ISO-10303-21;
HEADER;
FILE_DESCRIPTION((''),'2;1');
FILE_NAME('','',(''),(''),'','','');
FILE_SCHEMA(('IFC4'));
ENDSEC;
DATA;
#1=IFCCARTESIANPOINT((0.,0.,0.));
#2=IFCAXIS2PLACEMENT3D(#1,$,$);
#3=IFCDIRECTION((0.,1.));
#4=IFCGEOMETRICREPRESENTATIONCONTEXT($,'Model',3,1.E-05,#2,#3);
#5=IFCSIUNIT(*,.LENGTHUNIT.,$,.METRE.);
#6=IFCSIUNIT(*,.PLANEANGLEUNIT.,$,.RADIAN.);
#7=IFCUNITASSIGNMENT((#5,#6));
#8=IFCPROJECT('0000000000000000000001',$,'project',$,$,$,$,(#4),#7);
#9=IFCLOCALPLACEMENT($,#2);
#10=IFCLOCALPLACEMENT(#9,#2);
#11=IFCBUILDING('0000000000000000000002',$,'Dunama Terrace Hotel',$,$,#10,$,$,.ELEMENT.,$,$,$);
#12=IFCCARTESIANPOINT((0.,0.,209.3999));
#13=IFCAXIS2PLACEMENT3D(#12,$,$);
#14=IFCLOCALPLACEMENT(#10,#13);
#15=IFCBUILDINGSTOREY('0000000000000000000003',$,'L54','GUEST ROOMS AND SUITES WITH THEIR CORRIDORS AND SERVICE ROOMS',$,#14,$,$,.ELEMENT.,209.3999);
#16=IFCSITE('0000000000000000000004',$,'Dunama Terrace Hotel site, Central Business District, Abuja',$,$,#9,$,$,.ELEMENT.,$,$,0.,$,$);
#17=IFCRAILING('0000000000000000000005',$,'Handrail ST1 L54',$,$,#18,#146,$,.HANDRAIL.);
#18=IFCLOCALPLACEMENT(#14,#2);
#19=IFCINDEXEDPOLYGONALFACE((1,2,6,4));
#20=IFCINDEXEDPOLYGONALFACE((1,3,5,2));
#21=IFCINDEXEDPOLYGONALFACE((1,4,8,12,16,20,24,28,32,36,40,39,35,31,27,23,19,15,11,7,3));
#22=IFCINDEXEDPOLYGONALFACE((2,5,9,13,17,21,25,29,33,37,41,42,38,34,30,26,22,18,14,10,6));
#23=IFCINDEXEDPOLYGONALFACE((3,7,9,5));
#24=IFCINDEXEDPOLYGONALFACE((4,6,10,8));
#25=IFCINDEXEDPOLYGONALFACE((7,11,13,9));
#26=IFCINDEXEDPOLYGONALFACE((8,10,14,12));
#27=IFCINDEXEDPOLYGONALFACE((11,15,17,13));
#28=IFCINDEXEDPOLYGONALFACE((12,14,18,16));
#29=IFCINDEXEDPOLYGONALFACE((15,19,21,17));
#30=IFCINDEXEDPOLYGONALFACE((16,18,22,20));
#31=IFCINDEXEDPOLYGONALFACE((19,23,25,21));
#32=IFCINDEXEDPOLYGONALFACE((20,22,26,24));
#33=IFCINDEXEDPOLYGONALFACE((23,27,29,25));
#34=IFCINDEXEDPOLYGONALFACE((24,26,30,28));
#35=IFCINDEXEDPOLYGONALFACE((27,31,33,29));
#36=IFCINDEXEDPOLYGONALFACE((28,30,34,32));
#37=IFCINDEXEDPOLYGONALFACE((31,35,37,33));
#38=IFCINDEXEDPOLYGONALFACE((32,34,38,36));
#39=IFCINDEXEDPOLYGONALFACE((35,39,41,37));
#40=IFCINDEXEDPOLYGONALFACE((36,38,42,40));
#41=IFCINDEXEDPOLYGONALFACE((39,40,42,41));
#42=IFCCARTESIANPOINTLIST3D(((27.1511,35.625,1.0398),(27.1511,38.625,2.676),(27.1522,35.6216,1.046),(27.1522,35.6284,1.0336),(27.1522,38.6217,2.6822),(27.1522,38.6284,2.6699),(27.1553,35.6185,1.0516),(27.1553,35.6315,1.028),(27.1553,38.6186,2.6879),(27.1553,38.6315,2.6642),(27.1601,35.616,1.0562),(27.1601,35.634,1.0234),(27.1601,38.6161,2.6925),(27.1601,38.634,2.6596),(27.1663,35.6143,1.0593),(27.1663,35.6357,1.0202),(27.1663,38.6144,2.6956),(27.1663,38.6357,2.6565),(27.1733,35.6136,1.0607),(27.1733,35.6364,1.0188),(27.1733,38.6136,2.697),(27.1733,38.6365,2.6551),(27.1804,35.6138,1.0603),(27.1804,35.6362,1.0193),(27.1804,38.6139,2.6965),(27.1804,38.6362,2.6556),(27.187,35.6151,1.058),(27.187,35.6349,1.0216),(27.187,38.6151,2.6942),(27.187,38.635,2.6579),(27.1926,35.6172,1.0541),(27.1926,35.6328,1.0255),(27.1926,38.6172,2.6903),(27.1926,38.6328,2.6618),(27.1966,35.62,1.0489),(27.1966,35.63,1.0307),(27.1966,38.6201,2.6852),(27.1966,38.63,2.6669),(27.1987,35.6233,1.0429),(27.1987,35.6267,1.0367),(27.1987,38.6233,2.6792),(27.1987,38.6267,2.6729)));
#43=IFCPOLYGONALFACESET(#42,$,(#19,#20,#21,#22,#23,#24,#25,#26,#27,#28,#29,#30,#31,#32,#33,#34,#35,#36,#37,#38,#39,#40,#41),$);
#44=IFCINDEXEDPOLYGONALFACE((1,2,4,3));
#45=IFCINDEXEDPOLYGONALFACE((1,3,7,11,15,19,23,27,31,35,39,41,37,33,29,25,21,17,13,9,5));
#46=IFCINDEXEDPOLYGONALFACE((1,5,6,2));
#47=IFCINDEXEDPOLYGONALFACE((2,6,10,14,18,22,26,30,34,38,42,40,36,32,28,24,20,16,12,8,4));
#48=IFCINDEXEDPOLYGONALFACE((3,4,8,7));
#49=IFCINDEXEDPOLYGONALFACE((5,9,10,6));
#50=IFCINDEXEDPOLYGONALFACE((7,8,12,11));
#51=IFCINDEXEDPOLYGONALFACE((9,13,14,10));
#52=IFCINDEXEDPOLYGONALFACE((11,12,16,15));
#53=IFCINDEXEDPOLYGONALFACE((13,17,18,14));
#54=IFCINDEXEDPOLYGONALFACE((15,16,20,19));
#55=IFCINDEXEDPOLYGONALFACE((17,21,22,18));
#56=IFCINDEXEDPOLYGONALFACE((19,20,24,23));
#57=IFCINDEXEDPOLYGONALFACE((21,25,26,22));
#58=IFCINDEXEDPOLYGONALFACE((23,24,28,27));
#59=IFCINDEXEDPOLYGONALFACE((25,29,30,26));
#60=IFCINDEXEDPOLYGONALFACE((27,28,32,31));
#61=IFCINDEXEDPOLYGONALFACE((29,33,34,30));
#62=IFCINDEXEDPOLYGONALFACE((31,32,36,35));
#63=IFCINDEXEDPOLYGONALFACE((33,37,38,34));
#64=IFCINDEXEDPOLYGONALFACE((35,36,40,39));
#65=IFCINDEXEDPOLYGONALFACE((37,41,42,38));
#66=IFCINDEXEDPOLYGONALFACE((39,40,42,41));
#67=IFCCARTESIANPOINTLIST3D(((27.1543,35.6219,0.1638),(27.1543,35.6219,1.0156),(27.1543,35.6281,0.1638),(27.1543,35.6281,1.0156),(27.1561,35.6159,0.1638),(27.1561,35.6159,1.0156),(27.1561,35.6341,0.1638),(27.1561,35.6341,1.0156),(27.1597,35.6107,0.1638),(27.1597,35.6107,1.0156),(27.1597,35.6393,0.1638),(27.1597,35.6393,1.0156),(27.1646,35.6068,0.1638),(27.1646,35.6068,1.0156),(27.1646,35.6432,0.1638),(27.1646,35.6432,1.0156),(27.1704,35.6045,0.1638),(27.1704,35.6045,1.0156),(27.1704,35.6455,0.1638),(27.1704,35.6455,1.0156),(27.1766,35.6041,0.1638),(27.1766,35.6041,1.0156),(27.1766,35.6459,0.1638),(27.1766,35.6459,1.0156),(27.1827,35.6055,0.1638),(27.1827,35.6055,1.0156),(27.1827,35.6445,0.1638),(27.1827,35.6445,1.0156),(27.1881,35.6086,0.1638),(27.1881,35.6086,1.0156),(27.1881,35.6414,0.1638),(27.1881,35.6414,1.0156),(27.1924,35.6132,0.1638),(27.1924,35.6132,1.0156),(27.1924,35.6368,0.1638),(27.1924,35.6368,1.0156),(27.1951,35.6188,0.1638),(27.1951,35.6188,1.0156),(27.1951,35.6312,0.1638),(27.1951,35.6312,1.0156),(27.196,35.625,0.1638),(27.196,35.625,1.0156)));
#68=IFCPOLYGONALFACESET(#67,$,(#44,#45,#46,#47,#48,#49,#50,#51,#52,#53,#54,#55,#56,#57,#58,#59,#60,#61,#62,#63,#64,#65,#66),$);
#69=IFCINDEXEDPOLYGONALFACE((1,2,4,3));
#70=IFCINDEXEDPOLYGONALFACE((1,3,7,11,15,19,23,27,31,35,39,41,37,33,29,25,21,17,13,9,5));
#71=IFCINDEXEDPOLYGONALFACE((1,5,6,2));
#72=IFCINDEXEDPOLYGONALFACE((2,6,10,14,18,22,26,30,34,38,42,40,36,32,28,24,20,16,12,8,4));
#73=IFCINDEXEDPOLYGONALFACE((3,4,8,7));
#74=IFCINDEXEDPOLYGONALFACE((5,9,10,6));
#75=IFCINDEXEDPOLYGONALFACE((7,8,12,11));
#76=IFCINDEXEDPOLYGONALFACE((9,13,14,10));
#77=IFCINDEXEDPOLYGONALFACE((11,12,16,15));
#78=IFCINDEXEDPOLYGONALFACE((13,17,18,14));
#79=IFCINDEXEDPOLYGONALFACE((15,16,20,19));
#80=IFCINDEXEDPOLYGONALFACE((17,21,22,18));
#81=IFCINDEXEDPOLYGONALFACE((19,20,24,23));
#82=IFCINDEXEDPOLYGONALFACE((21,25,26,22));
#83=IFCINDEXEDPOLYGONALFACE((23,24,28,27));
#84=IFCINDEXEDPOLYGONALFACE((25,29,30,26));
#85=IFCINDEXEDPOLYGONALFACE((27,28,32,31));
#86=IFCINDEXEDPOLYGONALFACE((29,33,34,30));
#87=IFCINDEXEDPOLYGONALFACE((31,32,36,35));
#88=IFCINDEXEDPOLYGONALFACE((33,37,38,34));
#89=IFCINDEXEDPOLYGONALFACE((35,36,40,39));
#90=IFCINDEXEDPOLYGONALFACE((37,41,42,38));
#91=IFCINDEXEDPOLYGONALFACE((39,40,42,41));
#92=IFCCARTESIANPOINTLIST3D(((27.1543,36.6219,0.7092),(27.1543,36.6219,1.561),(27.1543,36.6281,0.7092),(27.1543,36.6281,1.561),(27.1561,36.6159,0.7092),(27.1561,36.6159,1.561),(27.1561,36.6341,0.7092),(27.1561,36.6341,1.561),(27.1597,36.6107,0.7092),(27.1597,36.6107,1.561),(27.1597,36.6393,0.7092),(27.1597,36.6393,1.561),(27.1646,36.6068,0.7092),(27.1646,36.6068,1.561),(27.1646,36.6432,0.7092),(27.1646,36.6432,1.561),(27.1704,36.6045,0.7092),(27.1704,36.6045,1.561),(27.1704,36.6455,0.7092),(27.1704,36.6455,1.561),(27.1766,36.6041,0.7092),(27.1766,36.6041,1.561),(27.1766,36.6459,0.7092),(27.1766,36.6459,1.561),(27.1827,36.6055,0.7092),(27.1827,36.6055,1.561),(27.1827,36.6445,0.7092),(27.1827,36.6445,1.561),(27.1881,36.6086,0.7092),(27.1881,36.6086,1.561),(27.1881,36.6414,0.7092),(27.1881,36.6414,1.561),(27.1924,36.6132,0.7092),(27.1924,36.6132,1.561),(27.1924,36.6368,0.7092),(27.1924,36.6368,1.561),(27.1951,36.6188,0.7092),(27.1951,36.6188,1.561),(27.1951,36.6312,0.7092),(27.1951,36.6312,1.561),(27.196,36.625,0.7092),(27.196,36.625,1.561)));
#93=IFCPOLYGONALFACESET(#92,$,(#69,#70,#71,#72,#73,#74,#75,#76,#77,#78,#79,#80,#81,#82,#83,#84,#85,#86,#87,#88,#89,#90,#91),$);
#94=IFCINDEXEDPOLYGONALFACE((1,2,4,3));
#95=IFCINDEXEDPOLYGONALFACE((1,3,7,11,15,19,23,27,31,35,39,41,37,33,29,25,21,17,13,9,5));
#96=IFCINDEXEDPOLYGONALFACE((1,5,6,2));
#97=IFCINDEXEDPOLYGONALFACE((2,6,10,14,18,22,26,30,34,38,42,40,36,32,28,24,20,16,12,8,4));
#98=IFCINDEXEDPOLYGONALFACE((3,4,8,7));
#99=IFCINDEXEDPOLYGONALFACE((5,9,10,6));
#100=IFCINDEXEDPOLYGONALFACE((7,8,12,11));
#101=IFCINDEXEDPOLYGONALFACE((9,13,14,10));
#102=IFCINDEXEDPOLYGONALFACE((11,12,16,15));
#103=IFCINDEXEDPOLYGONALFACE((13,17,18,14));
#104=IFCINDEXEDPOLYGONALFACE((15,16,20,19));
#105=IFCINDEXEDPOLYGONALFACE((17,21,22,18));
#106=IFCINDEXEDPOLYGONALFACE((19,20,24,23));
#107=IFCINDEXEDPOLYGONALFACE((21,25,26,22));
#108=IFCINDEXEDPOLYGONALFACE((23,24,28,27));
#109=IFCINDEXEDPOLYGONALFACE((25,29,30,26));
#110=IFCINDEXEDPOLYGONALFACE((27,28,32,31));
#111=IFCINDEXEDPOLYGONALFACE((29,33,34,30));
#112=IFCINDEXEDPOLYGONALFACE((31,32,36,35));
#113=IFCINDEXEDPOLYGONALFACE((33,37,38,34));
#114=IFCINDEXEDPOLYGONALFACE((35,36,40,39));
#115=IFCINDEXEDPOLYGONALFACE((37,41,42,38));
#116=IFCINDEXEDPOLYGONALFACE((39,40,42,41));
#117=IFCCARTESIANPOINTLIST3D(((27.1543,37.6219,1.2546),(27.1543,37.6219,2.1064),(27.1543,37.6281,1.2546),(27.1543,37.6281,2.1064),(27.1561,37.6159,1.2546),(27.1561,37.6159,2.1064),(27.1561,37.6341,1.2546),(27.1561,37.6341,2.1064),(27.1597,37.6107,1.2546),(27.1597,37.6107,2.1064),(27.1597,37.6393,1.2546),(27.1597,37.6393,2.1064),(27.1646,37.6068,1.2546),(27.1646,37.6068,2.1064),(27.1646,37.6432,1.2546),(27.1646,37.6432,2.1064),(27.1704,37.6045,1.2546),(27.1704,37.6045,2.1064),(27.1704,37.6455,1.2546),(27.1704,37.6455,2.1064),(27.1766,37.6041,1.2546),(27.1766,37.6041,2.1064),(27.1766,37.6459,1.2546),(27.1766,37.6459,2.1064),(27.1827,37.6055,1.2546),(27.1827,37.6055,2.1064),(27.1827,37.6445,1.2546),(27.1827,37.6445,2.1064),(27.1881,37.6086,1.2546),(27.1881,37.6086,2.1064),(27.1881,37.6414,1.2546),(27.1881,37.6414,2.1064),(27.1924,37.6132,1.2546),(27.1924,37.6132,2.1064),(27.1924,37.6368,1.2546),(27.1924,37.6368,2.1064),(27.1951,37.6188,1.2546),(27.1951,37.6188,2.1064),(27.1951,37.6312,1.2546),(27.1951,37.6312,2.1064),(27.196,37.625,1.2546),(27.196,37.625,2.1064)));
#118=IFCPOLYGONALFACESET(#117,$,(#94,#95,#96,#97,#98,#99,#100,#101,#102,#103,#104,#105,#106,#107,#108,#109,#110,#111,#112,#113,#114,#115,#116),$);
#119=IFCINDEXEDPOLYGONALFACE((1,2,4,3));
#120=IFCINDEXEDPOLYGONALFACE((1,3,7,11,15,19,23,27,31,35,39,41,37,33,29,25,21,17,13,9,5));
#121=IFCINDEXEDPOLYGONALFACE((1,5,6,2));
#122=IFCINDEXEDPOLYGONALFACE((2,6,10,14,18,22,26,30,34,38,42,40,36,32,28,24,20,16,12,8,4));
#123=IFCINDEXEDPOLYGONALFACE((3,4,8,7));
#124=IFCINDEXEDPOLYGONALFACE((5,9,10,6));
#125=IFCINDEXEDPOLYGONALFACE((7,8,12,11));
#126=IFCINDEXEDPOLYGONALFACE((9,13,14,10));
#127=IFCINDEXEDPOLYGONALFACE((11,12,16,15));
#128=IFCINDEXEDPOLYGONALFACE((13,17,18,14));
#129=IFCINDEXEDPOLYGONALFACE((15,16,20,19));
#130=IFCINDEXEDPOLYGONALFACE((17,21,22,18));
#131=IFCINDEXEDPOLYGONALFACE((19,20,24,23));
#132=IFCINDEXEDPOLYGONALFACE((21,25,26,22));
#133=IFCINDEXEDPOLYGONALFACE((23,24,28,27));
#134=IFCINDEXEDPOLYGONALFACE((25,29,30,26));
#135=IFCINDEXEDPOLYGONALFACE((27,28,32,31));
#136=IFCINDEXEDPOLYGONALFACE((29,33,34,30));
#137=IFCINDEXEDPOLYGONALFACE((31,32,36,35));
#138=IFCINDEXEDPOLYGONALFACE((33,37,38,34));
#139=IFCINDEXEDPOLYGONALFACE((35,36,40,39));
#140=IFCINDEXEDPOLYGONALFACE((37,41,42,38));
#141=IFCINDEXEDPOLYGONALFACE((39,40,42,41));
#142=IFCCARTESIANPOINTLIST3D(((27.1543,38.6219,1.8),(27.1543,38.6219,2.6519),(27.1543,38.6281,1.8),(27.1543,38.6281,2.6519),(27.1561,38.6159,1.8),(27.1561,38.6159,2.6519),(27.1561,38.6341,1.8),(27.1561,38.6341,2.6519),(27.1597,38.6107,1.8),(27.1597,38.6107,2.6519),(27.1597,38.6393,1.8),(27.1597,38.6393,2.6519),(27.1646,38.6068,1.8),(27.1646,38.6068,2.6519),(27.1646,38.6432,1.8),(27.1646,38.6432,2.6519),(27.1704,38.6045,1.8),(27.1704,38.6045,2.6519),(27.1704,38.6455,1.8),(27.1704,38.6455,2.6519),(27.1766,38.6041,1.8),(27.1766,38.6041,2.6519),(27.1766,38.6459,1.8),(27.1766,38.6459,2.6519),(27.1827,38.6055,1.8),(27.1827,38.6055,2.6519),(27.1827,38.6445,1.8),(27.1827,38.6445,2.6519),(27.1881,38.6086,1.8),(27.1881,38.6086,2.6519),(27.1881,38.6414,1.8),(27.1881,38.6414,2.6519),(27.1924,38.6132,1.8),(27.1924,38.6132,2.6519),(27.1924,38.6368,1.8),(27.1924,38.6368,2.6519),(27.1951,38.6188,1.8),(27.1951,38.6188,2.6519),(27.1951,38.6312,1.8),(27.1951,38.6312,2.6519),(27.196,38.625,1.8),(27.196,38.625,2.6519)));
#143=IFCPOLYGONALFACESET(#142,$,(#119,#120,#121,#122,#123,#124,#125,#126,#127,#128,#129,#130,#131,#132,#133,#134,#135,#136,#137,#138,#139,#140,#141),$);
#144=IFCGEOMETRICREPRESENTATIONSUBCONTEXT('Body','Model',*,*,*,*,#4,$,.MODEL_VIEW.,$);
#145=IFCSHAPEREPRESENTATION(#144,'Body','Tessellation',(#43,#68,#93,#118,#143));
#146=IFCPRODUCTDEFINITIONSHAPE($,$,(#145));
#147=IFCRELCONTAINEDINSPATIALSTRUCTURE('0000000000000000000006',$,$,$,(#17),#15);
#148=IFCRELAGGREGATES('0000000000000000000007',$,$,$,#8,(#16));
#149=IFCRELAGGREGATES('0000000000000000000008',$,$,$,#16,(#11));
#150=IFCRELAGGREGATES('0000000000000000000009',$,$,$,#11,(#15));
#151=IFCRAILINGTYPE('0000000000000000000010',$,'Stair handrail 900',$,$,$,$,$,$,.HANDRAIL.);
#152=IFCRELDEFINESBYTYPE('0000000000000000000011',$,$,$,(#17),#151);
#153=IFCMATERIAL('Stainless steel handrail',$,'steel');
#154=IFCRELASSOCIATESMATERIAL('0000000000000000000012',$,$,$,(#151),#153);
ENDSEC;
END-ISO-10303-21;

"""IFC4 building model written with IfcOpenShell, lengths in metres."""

from ifc_helpers import new_model, si_unit, direction, frame, origin, origin_2d, place, context, subcontext, project, spatial, circle, extrude, material, type_object, element, save


model = new_model("IFC4")

# Units and contexts
model_context = context("Model", 3, precision=1e-05, world=origin(), true_north=direction((0.0, 1.0)))
body_context = subcontext(model_context, "Body", "Model", "MODEL_VIEW")
ifc_project = project(units=[si_unit("LENGTHUNIT", "METRE"), si_unit("PLANEANGLEUNIT", "RADIAN")], contexts=[model_context])

# Site, building, storey
site_placement = place(None, origin())
site = spatial("IfcSite", under=ifc_project, at=site_placement, Name="Dunama Terrace Hotel site, Central Business District, Abuja", CompositionType="ELEMENT", RefElevation=0.0)
building_placement = place(site_placement, origin())
building = spatial("IfcBuilding", under=site, at=building_placement, Name="Dunama Terrace Hotel", CompositionType="ELEMENT")
storey_placement = place(building_placement, frame((0.0, 0.0, 209.3999)))
storey = spatial("IfcBuildingStorey", under=building, at=storey_placement, Name="L54", Description="GUEST ROOMS AND SUITES WITH THEIR CORRIDORS AND SERVICE ROOMS", CompositionType="ELEMENT", Elevation=209.3999)

# Railing
ifc_material_1 = material(Name="Stainless steel handrail", Category="steel")
railing_type = type_object("IfcRailingType", Name="Stair handrail 900", PredefinedType="HANDRAIL", material=ifc_material_1)
railing_1_placement = place(storey_placement, frame((27.175, 35.625, 0.1638)))
element("IfcRailing", 1, at=railing_1_placement, inside=storey, type_object=railing_type, Name="Handrail ST1 L54", PredefinedType="HANDRAIL", context=body_context, shape_type="SweptSolid", body=[
    extrude(circle(Radius=0.0239, at=origin_2d()), frame((0.0, 0.0, 0.876), z_axis=(0.0, 0.877912, 0.478822), x_axis=(-1.0, 0.0, 0.0)), (0.0, 0.0, 1.0), 3.4172),
    extrude(circle(Radius=0.021, at=origin_2d()), origin(), (0.0, 0.0, 1.0), 0.8518),
    extrude(circle(Radius=0.021, at=origin_2d()), frame((0.0, 1.0, 0.5454)), (0.0, 0.0, 1.0), 0.8518),
    extrude(circle(Radius=0.021, at=origin_2d()), frame((0.0, 2.0, 1.0908)), (0.0, 0.0, 1.0), 0.8518),
    extrude(circle(Radius=0.021, at=origin_2d()), frame((0.0, 3.0, 1.6362)), (0.0, 0.0, 1.0), 0.8518),
])

save(model, "model.ifc")
